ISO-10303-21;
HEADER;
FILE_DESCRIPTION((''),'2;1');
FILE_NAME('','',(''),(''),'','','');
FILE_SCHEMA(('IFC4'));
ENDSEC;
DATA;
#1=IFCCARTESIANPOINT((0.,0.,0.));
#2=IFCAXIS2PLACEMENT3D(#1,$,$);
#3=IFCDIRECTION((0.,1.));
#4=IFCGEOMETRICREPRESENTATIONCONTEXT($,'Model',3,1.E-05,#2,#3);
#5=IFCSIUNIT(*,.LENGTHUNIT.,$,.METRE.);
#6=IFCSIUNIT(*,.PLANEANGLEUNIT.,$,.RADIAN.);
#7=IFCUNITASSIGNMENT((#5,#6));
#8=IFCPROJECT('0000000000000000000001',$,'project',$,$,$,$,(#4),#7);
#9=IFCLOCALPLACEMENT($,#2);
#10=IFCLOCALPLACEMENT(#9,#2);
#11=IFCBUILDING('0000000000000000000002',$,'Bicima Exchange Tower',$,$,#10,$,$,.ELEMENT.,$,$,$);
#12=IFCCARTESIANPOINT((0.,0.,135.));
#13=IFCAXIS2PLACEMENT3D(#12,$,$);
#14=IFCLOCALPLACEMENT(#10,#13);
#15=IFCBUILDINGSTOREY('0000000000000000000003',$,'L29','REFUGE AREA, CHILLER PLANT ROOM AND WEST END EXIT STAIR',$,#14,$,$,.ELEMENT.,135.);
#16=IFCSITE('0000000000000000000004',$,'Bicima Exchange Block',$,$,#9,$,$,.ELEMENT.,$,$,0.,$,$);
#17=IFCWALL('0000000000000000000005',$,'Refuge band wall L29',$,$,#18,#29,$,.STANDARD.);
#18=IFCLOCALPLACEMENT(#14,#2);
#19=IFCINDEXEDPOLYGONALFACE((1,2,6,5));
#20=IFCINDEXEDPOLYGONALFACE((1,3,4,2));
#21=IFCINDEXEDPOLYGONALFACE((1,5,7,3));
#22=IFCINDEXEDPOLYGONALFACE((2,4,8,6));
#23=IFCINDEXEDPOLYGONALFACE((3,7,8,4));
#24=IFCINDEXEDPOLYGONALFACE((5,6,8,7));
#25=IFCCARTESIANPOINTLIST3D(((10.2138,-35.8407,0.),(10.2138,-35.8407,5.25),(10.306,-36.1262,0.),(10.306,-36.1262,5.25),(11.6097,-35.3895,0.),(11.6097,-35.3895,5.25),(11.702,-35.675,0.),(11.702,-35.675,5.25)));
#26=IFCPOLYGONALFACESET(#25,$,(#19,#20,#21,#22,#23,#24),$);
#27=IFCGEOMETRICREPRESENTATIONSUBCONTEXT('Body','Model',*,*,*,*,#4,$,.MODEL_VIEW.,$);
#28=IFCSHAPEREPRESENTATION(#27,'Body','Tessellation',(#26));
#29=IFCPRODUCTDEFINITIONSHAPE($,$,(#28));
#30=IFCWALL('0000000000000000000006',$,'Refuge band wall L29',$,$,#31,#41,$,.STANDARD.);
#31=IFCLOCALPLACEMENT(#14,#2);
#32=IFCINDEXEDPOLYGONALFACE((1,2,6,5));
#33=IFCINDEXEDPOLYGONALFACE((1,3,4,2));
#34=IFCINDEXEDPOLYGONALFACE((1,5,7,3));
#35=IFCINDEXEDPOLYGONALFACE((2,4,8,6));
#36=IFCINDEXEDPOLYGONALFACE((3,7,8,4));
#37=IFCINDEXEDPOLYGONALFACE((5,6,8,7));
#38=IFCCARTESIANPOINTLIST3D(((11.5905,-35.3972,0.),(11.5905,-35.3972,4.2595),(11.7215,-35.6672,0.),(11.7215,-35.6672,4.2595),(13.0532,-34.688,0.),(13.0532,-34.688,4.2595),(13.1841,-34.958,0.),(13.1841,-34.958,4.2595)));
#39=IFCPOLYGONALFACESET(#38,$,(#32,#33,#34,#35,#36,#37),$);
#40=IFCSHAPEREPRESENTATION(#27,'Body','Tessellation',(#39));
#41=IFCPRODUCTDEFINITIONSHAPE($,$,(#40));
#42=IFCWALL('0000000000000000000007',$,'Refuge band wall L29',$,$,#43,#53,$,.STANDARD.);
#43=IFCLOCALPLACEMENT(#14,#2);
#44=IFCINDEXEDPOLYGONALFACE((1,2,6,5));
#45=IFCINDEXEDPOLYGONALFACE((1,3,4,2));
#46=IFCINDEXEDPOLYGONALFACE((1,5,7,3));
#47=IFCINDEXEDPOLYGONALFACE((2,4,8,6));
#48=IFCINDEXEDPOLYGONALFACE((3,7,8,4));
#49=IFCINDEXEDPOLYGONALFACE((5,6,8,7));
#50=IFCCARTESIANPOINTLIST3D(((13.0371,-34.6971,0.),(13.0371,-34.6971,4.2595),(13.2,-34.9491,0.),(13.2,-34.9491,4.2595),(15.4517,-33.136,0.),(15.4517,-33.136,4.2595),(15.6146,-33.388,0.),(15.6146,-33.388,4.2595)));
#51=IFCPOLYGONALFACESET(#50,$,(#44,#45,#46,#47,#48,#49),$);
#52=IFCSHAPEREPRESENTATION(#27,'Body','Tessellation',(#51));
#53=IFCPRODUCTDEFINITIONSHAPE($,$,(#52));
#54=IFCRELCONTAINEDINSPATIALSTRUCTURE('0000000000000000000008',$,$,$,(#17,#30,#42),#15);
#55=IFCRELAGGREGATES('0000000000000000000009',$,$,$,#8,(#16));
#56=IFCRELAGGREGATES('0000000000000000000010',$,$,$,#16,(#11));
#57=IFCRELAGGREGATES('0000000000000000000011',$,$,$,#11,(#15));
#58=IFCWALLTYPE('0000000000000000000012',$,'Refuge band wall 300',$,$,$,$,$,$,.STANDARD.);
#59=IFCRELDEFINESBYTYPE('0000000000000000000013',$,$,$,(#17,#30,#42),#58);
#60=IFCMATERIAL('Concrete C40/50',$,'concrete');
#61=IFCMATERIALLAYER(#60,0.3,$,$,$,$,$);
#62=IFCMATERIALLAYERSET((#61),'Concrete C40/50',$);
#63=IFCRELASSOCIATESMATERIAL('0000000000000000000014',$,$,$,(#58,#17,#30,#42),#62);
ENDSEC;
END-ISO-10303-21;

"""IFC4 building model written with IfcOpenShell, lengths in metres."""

from ifc_helpers import new_model, si_unit, direction, frame, frame_2d, origin, place, context, subcontext, project, spatial, rectangle, extrude, material, layer, layer_set, layer_usage, type_object, element, save


model = new_model("IFC4")

# Units and contexts
model_context = context("Model", 3, precision=1e-05, world=origin(), true_north=direction((0.0, 1.0)))
body_context = subcontext(model_context, "Body", "Model", "MODEL_VIEW")
ifc_project = project(units=[si_unit("LENGTHUNIT", "METRE"), si_unit("PLANEANGLEUNIT", "RADIAN")], contexts=[model_context])

# Site, building, storey
site_placement = place(None, origin())
site = spatial("IfcSite", under=ifc_project, at=site_placement, Name="Bicima Exchange Block", CompositionType="ELEMENT", RefElevation=0.0)
building_placement = place(site_placement, origin())
building = spatial("IfcBuilding", under=site, at=building_placement, Name="Bicima Exchange Tower", CompositionType="ELEMENT")
storey_placement = place(building_placement, frame((0.0, 0.0, 135.0)))
storey = spatial("IfcBuildingStorey", under=building, at=storey_placement, Name="L29", Description="REFUGE AREA, CHILLER PLANT ROOM AND WEST END EXIT STAIR", CompositionType="ELEMENT", Elevation=135.0)

# Walls
ifc_material_1 = material(Name="Concrete C40/50", Category="concrete")
ifc_layer_1 = layer(ifc_material_1, 0.3)
ifc_layer_set_1 = layer_set([ifc_layer_1], Name="Concrete C40/50")
ifc_layer_usage = layer_usage(ifc_layer_set_1, "AXIS2", "POSITIVE", -0.15)
wall_type_1 = type_object("IfcWallType", Name="Refuge band wall 300", PredefinedType="STANDARD", material=ifc_layer_set_1)
wall_1_placement = place(storey_placement, frame((10.26, -35.9834, 0.0), z_axis=(0.0, 0.0, 1.0), x_axis=(0.951539, 0.307528, 0.0)))
element("IfcWall", 1, at=wall_1_placement, inside=storey, type_object=wall_type_1, material=ifc_layer_usage, Name="Refuge band wall L29", PredefinedType="STANDARD", context=body_context, shape_type="SweptSolid", body=[
    extrude(rectangle(XDim=1.467, YDim=0.3, at=frame_2d((0.7334, 0.0))), origin(), (0.0, 0.0, 1.0), 5.25),
])
wall_2_placement = place(storey_placement, frame((11.656, -35.5322, 0.0), z_axis=(0.0, 0.0, 1.0), x_axis=(0.899798, 0.436307, 0.0)))
element("IfcWall", 2, at=wall_2_placement, inside=storey, type_object=wall_type_1, material=ifc_layer_usage, Name="Refuge band wall L29", PredefinedType="STANDARD", context=body_context, shape_type="SweptSolid", body=[
    extrude(rectangle(XDim=1.6255, YDim=0.3, at=frame_2d((0.8127, 0.0))), origin(), (0.0, 0.0, 1.0), 4.2595),
])
wall_3_placement = place(storey_placement, frame((13.1187, -34.823, 0.0), z_axis=(0.0, 0.0, 1.0), x_axis=(0.83978, 0.542927, 0.0)))
element("IfcWall", 3, at=wall_3_placement, inside=storey, type_object=wall_type_1, material=ifc_layer_usage, Name="Refuge band wall L29", PredefinedType="STANDARD", context=body_context, shape_type="SweptSolid", body=[
    extrude(rectangle(XDim=2.8752, YDim=0.3, at=frame_2d((1.4375, 0.0))), origin(), (0.0, 0.0, 1.0), 4.2595),
])

save(model, "model.ifc")
